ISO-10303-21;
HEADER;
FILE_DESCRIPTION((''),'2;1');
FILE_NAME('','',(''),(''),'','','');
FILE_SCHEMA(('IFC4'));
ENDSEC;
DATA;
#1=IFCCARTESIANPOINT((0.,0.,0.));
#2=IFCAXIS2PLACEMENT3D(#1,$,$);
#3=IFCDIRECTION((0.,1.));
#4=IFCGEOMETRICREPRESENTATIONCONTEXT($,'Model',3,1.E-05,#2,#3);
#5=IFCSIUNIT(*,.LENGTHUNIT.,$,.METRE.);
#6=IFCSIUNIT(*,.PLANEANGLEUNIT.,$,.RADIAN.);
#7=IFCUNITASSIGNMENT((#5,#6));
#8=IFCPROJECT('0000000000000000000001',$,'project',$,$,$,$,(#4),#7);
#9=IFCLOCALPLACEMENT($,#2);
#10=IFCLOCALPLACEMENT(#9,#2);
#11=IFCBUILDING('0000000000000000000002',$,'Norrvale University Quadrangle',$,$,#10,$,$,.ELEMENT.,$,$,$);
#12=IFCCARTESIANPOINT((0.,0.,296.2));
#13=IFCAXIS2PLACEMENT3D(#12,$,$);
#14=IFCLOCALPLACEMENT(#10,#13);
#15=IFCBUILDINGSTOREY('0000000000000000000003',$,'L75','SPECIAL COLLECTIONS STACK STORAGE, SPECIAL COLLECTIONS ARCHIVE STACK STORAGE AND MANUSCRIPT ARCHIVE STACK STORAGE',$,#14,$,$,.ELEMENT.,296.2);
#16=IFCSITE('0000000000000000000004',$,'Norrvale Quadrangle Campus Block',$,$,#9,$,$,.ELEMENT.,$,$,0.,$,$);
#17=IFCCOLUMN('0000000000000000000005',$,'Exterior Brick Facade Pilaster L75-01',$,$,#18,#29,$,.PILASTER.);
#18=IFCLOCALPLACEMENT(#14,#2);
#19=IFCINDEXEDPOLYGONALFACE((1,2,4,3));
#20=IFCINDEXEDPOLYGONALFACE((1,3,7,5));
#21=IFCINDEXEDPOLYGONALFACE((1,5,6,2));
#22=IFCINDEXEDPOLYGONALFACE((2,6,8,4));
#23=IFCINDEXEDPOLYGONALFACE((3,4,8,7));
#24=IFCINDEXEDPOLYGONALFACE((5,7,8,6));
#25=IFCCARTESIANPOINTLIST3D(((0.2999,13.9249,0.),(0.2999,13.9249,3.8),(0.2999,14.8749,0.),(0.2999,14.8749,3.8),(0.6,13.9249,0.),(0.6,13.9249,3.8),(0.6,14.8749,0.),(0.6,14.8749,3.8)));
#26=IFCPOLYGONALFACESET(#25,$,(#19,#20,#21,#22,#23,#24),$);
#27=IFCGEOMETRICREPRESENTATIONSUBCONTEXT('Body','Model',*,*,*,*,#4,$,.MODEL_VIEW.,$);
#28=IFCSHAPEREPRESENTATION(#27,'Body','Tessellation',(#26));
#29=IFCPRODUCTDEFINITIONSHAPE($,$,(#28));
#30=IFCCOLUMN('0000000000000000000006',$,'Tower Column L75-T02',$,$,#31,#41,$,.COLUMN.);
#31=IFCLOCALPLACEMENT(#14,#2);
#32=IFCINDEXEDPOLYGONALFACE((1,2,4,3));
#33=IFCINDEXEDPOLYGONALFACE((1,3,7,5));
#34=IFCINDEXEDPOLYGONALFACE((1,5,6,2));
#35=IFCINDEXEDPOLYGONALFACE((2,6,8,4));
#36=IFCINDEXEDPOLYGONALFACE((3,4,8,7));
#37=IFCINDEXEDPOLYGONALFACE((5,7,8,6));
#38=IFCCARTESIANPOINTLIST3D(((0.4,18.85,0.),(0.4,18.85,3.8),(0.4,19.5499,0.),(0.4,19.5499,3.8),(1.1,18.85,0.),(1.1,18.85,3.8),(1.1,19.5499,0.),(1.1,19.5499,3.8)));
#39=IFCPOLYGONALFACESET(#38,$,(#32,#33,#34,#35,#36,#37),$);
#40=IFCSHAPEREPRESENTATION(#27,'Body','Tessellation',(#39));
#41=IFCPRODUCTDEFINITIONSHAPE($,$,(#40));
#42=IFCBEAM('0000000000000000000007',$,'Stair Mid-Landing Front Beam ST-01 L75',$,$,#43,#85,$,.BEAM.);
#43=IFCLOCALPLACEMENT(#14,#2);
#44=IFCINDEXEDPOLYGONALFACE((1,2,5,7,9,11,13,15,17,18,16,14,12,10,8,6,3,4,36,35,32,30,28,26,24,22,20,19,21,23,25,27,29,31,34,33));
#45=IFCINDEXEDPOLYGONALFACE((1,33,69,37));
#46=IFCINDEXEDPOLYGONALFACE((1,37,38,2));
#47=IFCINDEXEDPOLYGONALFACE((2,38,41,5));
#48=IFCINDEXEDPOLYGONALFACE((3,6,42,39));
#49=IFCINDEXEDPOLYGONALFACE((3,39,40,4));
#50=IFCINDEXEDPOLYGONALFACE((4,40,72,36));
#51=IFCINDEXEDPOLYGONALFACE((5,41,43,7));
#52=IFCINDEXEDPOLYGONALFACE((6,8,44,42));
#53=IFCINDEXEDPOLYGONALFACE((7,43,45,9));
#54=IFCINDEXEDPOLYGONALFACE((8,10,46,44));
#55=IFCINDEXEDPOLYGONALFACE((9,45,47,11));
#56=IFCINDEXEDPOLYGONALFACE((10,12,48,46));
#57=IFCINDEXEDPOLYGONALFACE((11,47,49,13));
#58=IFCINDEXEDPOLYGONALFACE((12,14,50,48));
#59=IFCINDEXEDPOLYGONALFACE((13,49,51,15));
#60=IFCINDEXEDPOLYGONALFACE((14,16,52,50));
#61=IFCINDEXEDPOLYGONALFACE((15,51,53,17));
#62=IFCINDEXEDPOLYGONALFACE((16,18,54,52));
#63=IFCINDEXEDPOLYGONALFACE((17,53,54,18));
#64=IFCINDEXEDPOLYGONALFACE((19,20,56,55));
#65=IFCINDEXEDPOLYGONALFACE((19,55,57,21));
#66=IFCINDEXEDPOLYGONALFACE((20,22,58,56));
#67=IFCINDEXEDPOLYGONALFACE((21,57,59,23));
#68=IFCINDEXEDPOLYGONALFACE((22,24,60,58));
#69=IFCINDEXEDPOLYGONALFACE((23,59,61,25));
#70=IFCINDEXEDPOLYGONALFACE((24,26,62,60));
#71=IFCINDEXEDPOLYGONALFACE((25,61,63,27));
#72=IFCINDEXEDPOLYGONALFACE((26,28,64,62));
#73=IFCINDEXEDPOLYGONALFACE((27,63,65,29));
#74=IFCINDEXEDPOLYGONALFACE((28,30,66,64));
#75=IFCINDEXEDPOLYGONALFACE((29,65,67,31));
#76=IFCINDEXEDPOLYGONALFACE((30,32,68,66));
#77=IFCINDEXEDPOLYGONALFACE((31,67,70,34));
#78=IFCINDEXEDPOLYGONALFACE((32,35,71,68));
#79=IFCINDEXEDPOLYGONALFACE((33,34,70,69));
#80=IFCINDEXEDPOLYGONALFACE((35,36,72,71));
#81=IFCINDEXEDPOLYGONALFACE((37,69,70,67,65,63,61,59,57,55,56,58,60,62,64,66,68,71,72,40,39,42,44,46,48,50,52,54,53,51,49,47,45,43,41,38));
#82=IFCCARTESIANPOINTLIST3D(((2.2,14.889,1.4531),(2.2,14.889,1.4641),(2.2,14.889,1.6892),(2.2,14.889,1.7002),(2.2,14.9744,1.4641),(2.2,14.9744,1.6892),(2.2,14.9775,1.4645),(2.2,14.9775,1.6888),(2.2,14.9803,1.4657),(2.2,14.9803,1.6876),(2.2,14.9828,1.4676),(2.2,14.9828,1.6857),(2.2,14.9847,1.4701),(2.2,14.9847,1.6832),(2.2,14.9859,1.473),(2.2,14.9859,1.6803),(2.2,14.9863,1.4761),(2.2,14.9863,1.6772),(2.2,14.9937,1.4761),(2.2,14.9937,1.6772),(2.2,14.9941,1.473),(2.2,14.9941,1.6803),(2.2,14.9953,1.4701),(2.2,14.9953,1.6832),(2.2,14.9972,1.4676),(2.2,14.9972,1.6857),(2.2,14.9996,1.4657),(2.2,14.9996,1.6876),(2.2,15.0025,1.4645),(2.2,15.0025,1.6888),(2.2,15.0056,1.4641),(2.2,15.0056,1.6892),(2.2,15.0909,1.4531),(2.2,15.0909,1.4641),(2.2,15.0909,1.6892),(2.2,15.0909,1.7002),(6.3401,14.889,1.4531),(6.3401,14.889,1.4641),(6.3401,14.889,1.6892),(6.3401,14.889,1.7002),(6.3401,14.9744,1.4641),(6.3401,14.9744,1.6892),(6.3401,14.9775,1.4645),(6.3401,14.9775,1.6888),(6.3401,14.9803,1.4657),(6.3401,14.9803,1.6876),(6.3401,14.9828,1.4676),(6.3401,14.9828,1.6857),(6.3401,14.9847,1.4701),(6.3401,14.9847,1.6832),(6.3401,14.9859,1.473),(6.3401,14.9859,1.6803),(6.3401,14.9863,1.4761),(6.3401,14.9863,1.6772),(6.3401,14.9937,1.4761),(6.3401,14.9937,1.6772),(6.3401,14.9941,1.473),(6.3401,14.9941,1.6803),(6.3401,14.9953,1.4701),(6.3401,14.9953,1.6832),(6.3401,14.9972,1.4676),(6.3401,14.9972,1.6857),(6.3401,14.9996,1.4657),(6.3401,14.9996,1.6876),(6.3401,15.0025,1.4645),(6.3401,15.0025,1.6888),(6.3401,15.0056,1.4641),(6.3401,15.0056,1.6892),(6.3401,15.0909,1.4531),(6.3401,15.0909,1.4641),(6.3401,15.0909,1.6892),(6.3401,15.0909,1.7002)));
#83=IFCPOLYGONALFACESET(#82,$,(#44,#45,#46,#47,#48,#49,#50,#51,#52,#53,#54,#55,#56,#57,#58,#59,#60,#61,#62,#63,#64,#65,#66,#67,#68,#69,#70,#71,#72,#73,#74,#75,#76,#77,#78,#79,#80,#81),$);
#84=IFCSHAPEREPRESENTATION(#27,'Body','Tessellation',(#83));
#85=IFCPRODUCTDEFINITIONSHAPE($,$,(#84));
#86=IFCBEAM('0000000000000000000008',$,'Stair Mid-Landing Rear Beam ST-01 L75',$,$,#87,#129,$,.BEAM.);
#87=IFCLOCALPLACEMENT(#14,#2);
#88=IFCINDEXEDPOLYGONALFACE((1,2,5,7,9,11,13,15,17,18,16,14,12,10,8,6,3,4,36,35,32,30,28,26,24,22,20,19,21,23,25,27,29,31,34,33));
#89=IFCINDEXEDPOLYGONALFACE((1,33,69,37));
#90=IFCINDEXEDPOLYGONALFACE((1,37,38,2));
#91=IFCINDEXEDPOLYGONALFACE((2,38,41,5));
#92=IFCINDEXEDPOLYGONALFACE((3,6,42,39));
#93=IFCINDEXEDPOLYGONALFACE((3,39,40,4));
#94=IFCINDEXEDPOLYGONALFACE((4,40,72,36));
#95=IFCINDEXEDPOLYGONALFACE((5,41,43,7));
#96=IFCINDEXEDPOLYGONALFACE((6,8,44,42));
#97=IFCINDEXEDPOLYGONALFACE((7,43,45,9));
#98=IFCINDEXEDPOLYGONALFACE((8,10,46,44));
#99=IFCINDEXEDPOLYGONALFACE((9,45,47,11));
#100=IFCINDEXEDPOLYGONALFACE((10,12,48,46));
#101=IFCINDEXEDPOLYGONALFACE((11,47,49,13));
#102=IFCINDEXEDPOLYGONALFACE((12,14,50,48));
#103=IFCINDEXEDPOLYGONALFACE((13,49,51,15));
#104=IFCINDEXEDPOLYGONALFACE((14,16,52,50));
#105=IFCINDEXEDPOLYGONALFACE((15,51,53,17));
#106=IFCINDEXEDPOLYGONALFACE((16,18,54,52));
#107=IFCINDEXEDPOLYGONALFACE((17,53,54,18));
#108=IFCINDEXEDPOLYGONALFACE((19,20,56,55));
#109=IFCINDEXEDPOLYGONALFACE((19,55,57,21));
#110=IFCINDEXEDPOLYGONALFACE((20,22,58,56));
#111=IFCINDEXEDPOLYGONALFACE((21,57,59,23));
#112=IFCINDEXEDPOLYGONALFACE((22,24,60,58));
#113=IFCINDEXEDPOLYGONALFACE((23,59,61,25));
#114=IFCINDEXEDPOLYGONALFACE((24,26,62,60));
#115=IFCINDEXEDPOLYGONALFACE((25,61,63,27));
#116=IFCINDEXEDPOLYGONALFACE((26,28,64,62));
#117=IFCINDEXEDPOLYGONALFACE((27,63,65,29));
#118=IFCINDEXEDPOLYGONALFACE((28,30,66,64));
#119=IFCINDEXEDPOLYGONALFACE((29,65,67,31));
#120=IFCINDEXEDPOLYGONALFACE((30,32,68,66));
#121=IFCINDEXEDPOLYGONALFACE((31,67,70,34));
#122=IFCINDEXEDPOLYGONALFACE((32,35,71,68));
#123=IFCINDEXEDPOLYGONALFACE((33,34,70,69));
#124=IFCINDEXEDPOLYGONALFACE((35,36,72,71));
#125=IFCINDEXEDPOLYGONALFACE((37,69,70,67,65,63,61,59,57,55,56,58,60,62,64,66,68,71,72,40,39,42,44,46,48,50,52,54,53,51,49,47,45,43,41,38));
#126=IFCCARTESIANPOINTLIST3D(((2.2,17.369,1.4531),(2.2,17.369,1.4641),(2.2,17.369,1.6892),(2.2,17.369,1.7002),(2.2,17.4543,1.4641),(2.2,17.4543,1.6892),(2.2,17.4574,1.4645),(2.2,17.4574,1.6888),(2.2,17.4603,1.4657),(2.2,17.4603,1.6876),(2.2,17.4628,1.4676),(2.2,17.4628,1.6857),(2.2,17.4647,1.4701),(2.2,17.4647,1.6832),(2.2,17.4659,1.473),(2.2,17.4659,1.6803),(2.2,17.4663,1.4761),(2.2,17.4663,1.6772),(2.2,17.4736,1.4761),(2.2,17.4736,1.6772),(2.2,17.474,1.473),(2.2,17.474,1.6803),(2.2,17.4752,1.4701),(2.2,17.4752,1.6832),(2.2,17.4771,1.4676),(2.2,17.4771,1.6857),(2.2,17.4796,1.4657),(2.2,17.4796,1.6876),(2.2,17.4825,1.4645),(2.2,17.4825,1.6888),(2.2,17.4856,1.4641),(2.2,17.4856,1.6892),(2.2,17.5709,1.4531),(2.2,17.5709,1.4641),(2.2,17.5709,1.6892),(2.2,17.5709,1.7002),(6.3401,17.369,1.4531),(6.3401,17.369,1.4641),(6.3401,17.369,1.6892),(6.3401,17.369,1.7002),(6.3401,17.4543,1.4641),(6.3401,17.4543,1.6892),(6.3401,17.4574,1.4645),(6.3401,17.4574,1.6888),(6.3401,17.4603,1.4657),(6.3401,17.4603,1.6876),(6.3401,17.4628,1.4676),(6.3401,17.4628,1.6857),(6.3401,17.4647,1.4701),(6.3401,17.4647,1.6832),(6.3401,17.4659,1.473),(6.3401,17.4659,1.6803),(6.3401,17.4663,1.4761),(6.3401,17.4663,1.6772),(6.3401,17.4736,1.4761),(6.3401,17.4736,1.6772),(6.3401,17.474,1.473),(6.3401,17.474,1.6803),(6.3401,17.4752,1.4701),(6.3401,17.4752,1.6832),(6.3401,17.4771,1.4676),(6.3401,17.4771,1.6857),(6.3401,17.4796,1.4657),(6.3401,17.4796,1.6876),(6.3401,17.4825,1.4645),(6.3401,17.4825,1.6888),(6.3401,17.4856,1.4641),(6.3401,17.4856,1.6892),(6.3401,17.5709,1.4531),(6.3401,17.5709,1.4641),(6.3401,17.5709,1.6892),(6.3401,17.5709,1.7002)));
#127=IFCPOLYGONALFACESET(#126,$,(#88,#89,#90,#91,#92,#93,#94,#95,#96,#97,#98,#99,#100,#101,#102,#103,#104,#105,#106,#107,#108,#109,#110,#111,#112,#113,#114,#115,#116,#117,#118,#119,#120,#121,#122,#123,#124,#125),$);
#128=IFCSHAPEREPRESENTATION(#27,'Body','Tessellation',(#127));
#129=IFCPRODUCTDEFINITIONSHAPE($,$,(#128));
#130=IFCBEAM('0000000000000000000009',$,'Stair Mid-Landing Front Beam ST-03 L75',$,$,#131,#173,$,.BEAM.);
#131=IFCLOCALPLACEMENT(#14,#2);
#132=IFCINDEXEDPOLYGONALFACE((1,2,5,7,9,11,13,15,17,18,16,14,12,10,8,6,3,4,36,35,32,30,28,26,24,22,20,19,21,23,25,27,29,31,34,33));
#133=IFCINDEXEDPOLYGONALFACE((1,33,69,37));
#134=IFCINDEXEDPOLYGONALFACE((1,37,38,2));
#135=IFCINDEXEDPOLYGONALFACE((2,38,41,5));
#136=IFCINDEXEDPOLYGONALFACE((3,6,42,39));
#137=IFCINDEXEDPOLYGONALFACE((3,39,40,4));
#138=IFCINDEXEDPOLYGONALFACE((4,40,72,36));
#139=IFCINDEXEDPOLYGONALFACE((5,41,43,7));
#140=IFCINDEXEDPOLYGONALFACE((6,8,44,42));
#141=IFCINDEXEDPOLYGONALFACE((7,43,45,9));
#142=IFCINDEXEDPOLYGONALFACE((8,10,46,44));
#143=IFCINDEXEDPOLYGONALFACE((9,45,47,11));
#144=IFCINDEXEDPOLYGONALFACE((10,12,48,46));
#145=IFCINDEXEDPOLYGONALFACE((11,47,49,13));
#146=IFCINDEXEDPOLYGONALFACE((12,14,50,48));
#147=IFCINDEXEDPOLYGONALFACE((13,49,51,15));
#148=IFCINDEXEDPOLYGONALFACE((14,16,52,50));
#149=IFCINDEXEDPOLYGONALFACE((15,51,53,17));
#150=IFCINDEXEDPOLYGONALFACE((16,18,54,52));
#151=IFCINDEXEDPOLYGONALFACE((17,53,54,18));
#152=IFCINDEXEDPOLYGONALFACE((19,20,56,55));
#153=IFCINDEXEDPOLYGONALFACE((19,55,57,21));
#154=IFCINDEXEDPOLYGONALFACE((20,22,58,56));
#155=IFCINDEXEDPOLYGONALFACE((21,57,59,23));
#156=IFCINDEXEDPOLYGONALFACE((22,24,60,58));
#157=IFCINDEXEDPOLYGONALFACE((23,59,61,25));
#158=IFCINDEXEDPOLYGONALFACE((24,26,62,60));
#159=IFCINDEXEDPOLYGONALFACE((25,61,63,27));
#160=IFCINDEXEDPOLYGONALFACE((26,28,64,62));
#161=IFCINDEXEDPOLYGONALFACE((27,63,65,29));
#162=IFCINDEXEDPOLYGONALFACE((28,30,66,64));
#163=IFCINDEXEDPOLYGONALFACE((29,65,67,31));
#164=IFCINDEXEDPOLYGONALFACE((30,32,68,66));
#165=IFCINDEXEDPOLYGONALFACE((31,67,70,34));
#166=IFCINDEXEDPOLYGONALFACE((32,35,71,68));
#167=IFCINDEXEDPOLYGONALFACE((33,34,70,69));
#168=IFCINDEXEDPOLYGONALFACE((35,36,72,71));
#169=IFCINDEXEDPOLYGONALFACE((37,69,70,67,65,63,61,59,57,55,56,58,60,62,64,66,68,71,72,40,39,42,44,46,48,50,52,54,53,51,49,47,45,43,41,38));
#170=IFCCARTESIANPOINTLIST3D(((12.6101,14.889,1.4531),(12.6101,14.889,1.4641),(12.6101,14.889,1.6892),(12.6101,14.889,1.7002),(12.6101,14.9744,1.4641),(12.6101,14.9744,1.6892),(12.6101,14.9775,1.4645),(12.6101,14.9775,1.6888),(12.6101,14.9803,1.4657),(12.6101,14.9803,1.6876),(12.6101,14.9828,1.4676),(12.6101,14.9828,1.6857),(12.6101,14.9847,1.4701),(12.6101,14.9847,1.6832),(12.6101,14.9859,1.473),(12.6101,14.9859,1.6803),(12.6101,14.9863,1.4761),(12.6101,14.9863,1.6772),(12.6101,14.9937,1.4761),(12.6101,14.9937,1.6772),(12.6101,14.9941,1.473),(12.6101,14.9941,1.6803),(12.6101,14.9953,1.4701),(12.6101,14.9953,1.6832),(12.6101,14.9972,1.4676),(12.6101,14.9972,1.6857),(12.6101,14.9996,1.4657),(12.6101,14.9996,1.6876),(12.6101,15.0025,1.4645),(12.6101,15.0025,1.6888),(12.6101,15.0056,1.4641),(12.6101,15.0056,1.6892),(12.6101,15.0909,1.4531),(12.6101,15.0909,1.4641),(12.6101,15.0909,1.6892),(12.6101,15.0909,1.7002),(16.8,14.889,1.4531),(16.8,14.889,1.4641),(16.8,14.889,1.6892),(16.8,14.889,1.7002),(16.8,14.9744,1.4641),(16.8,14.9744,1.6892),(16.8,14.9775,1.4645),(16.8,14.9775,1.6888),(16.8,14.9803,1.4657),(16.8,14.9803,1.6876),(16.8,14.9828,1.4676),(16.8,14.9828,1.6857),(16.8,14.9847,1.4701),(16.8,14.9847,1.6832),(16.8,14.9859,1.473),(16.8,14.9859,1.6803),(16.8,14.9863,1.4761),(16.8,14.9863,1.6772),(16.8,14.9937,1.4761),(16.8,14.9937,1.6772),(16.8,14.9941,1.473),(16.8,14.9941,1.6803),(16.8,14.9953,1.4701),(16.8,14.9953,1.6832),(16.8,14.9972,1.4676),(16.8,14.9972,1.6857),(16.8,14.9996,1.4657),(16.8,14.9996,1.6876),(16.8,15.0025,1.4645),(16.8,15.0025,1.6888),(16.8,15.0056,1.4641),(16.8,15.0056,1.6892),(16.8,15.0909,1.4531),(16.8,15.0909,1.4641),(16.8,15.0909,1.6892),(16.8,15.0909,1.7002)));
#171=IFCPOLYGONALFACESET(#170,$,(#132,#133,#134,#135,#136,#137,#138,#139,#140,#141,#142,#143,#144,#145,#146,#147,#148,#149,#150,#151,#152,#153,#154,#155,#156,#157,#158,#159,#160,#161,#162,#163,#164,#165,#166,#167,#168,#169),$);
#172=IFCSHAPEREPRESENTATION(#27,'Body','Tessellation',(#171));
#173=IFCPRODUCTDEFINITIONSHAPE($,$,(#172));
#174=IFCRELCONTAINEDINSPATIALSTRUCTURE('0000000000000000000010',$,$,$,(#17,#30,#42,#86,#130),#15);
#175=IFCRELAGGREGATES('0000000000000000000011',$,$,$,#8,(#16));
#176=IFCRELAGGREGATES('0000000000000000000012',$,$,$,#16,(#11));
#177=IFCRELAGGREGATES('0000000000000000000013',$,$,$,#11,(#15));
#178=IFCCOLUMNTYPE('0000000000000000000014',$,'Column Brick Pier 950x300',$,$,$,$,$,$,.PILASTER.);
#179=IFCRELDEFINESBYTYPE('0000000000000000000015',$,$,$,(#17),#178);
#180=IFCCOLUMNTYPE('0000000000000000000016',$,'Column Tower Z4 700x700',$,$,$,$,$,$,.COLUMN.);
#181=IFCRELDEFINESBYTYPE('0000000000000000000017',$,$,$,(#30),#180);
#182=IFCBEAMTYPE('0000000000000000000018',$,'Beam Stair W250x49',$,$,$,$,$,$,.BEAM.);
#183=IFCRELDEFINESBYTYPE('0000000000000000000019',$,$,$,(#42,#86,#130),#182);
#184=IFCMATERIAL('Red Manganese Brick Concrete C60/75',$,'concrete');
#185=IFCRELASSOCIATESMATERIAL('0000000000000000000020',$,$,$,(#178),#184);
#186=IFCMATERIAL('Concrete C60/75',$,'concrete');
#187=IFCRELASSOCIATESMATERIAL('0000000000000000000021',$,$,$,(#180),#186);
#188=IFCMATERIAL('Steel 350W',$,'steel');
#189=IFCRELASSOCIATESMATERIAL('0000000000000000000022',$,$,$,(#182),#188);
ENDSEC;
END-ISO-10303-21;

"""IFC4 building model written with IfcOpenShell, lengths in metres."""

from ifc_helpers import new_model, si_unit, direction, frame, origin, origin_2d, place, context, subcontext, project, spatial, rectangle, i_section, extrude, material, material_profile, profile_set, type_object, element, save


model = new_model("IFC4")

# Units and contexts
model_context = context("Model", 3, precision=1e-05, world=origin(), true_north=direction((0.0, 1.0)))
body_context = subcontext(model_context, "Body", "Model", "MODEL_VIEW")
ifc_project = project(units=[si_unit("LENGTHUNIT", "METRE"), si_unit("PLANEANGLEUNIT", "RADIAN")], contexts=[model_context])

# Site, building, storey
site_placement = place(None, origin())
site = spatial("IfcSite", under=ifc_project, at=site_placement, Name="Norrvale Quadrangle Campus Block", CompositionType="ELEMENT", RefElevation=0.0)
building_placement = place(site_placement, origin())
building = spatial("IfcBuilding", under=site, at=building_placement, Name="Norrvale University Quadrangle", CompositionType="ELEMENT")
storey_placement = place(building_placement, frame((0.0, 0.0, 296.2)))
storey = spatial("IfcBuildingStorey", under=building, at=storey_placement, Name="L75", Description="SPECIAL COLLECTIONS STACK STORAGE, SPECIAL COLLECTIONS ARCHIVE STACK STORAGE AND MANUSCRIPT ARCHIVE STACK STORAGE", CompositionType="ELEMENT", Elevation=296.2)

# Columns
ifc_material_1 = material(Name="Red Manganese Brick Concrete C60/75", Category="concrete")
ifc_material_profile_1 = material_profile(ifc_material_1, rectangle(XDim=0.95, YDim=0.3, at=origin_2d()), Name="Red Manganese Brick Concrete C60/75")
ifc_profile_set_1 = profile_set([ifc_material_profile_1], Name="Red Manganese Brick Concrete C60/75")
column_type_1 = type_object("IfcColumnType", Name="Column Brick Pier 950x300", PredefinedType="PILASTER", material=ifc_profile_set_1)
column_1_placement = place(storey_placement, frame((0.45, 14.3999, 0.0), z_axis=(0.0, 0.0, 1.0), x_axis=(0.0, 1.0, 0.0)))
element("IfcColumn", 1, at=column_1_placement, inside=storey, type_object=column_type_1, Name="Exterior Brick Facade Pilaster L75-01", PredefinedType="PILASTER", context=body_context, shape_type="SweptSolid", body=[
    extrude(rectangle(XDim=0.95, YDim=0.3, at=origin_2d()), origin(), (0.0, 0.0, 1.0), 3.8),
])
ifc_material_2 = material(Name="Concrete C60/75", Category="concrete")
ifc_material_profile_2 = material_profile(ifc_material_2, rectangle(XDim=0.7, YDim=0.7, at=origin_2d()), Name="Concrete C60/75")
ifc_profile_set_2 = profile_set([ifc_material_profile_2], Name="Concrete C60/75")
column_type_2 = type_object("IfcColumnType", Name="Column Tower Z4 700x700", PredefinedType="COLUMN", material=ifc_profile_set_2)
column_2_placement = place(storey_placement, frame((0.75, 19.2, 0.0), z_axis=(0.0, 0.0, 1.0), x_axis=(1.0, 0.0, 0.0)))
element("IfcColumn", 2, at=column_2_placement, inside=storey, type_object=column_type_2, Name="Tower Column L75-T02", PredefinedType="COLUMN", context=body_context, shape_type="SweptSolid", body=[
    extrude(rectangle(XDim=0.7, YDim=0.7, at=origin_2d()), origin(), (0.0, 0.0, 1.0), 3.8),
])

# Beams
ifc_material_3 = material(Name="Steel 350W", Category="steel")
ifc_material_profile_3 = material_profile(ifc_material_3, i_section(OverallWidth=0.2019, OverallDepth=0.2471, WebThickness=0.0073, FlangeThickness=0.011, FilletRadius=0.012, at=origin_2d()), Name="Steel 350W")
ifc_profile_set_3 = profile_set([ifc_material_profile_3], Name="Steel 350W")
beam_type_1 = type_object("IfcBeamType", Name="Beam Stair W250x49", PredefinedType="BEAM", material=ifc_profile_set_3)
for number, where, z_axis, x_axis, name in (
    (3, (2.2, 14.99, 1.5767), (1.0, 0.0, 0.0), (0.0, 1.0, 0.0), "Stair Mid-Landing Front Beam ST-01 L75"),
    (4, (2.2, 17.47, 1.5767), (1.0, 0.0, 0.0), (0.0, 1.0, 0.0), "Stair Mid-Landing Rear Beam ST-01 L75"),
):
    element("IfcBeam", number, at=place(storey_placement, frame(where, z_axis=z_axis, x_axis=x_axis)), inside=storey, type_object=beam_type_1, Name=name, PredefinedType="BEAM", context=body_context, shape_type="SweptSolid", body=[
        extrude(i_section(OverallWidth=0.2019, OverallDepth=0.2471, WebThickness=0.0073, FlangeThickness=0.011, FilletRadius=0.012, at=origin_2d()), origin(), (0.0, 0.0, 1.0), 4.1401),
    ])
for number, where, z_axis, x_axis, name in (
    (5, (12.6101, 14.99, 1.5767), (1.0, 0.0, 0.0), (0.0, 1.0, 0.0), "Stair Mid-Landing Front Beam ST-03 L75"),
):
    element("IfcBeam", number, at=place(storey_placement, frame(where, z_axis=z_axis, x_axis=x_axis)), inside=storey, type_object=beam_type_1, Name=name, PredefinedType="BEAM", context=body_context, shape_type="SweptSolid", body=[
        extrude(i_section(OverallWidth=0.2019, OverallDepth=0.2471, WebThickness=0.0073, FlangeThickness=0.011, FilletRadius=0.012, at=origin_2d()), origin(), (0.0, 0.0, 1.0), 4.1899),
    ])

save(model, "model.ifc")
